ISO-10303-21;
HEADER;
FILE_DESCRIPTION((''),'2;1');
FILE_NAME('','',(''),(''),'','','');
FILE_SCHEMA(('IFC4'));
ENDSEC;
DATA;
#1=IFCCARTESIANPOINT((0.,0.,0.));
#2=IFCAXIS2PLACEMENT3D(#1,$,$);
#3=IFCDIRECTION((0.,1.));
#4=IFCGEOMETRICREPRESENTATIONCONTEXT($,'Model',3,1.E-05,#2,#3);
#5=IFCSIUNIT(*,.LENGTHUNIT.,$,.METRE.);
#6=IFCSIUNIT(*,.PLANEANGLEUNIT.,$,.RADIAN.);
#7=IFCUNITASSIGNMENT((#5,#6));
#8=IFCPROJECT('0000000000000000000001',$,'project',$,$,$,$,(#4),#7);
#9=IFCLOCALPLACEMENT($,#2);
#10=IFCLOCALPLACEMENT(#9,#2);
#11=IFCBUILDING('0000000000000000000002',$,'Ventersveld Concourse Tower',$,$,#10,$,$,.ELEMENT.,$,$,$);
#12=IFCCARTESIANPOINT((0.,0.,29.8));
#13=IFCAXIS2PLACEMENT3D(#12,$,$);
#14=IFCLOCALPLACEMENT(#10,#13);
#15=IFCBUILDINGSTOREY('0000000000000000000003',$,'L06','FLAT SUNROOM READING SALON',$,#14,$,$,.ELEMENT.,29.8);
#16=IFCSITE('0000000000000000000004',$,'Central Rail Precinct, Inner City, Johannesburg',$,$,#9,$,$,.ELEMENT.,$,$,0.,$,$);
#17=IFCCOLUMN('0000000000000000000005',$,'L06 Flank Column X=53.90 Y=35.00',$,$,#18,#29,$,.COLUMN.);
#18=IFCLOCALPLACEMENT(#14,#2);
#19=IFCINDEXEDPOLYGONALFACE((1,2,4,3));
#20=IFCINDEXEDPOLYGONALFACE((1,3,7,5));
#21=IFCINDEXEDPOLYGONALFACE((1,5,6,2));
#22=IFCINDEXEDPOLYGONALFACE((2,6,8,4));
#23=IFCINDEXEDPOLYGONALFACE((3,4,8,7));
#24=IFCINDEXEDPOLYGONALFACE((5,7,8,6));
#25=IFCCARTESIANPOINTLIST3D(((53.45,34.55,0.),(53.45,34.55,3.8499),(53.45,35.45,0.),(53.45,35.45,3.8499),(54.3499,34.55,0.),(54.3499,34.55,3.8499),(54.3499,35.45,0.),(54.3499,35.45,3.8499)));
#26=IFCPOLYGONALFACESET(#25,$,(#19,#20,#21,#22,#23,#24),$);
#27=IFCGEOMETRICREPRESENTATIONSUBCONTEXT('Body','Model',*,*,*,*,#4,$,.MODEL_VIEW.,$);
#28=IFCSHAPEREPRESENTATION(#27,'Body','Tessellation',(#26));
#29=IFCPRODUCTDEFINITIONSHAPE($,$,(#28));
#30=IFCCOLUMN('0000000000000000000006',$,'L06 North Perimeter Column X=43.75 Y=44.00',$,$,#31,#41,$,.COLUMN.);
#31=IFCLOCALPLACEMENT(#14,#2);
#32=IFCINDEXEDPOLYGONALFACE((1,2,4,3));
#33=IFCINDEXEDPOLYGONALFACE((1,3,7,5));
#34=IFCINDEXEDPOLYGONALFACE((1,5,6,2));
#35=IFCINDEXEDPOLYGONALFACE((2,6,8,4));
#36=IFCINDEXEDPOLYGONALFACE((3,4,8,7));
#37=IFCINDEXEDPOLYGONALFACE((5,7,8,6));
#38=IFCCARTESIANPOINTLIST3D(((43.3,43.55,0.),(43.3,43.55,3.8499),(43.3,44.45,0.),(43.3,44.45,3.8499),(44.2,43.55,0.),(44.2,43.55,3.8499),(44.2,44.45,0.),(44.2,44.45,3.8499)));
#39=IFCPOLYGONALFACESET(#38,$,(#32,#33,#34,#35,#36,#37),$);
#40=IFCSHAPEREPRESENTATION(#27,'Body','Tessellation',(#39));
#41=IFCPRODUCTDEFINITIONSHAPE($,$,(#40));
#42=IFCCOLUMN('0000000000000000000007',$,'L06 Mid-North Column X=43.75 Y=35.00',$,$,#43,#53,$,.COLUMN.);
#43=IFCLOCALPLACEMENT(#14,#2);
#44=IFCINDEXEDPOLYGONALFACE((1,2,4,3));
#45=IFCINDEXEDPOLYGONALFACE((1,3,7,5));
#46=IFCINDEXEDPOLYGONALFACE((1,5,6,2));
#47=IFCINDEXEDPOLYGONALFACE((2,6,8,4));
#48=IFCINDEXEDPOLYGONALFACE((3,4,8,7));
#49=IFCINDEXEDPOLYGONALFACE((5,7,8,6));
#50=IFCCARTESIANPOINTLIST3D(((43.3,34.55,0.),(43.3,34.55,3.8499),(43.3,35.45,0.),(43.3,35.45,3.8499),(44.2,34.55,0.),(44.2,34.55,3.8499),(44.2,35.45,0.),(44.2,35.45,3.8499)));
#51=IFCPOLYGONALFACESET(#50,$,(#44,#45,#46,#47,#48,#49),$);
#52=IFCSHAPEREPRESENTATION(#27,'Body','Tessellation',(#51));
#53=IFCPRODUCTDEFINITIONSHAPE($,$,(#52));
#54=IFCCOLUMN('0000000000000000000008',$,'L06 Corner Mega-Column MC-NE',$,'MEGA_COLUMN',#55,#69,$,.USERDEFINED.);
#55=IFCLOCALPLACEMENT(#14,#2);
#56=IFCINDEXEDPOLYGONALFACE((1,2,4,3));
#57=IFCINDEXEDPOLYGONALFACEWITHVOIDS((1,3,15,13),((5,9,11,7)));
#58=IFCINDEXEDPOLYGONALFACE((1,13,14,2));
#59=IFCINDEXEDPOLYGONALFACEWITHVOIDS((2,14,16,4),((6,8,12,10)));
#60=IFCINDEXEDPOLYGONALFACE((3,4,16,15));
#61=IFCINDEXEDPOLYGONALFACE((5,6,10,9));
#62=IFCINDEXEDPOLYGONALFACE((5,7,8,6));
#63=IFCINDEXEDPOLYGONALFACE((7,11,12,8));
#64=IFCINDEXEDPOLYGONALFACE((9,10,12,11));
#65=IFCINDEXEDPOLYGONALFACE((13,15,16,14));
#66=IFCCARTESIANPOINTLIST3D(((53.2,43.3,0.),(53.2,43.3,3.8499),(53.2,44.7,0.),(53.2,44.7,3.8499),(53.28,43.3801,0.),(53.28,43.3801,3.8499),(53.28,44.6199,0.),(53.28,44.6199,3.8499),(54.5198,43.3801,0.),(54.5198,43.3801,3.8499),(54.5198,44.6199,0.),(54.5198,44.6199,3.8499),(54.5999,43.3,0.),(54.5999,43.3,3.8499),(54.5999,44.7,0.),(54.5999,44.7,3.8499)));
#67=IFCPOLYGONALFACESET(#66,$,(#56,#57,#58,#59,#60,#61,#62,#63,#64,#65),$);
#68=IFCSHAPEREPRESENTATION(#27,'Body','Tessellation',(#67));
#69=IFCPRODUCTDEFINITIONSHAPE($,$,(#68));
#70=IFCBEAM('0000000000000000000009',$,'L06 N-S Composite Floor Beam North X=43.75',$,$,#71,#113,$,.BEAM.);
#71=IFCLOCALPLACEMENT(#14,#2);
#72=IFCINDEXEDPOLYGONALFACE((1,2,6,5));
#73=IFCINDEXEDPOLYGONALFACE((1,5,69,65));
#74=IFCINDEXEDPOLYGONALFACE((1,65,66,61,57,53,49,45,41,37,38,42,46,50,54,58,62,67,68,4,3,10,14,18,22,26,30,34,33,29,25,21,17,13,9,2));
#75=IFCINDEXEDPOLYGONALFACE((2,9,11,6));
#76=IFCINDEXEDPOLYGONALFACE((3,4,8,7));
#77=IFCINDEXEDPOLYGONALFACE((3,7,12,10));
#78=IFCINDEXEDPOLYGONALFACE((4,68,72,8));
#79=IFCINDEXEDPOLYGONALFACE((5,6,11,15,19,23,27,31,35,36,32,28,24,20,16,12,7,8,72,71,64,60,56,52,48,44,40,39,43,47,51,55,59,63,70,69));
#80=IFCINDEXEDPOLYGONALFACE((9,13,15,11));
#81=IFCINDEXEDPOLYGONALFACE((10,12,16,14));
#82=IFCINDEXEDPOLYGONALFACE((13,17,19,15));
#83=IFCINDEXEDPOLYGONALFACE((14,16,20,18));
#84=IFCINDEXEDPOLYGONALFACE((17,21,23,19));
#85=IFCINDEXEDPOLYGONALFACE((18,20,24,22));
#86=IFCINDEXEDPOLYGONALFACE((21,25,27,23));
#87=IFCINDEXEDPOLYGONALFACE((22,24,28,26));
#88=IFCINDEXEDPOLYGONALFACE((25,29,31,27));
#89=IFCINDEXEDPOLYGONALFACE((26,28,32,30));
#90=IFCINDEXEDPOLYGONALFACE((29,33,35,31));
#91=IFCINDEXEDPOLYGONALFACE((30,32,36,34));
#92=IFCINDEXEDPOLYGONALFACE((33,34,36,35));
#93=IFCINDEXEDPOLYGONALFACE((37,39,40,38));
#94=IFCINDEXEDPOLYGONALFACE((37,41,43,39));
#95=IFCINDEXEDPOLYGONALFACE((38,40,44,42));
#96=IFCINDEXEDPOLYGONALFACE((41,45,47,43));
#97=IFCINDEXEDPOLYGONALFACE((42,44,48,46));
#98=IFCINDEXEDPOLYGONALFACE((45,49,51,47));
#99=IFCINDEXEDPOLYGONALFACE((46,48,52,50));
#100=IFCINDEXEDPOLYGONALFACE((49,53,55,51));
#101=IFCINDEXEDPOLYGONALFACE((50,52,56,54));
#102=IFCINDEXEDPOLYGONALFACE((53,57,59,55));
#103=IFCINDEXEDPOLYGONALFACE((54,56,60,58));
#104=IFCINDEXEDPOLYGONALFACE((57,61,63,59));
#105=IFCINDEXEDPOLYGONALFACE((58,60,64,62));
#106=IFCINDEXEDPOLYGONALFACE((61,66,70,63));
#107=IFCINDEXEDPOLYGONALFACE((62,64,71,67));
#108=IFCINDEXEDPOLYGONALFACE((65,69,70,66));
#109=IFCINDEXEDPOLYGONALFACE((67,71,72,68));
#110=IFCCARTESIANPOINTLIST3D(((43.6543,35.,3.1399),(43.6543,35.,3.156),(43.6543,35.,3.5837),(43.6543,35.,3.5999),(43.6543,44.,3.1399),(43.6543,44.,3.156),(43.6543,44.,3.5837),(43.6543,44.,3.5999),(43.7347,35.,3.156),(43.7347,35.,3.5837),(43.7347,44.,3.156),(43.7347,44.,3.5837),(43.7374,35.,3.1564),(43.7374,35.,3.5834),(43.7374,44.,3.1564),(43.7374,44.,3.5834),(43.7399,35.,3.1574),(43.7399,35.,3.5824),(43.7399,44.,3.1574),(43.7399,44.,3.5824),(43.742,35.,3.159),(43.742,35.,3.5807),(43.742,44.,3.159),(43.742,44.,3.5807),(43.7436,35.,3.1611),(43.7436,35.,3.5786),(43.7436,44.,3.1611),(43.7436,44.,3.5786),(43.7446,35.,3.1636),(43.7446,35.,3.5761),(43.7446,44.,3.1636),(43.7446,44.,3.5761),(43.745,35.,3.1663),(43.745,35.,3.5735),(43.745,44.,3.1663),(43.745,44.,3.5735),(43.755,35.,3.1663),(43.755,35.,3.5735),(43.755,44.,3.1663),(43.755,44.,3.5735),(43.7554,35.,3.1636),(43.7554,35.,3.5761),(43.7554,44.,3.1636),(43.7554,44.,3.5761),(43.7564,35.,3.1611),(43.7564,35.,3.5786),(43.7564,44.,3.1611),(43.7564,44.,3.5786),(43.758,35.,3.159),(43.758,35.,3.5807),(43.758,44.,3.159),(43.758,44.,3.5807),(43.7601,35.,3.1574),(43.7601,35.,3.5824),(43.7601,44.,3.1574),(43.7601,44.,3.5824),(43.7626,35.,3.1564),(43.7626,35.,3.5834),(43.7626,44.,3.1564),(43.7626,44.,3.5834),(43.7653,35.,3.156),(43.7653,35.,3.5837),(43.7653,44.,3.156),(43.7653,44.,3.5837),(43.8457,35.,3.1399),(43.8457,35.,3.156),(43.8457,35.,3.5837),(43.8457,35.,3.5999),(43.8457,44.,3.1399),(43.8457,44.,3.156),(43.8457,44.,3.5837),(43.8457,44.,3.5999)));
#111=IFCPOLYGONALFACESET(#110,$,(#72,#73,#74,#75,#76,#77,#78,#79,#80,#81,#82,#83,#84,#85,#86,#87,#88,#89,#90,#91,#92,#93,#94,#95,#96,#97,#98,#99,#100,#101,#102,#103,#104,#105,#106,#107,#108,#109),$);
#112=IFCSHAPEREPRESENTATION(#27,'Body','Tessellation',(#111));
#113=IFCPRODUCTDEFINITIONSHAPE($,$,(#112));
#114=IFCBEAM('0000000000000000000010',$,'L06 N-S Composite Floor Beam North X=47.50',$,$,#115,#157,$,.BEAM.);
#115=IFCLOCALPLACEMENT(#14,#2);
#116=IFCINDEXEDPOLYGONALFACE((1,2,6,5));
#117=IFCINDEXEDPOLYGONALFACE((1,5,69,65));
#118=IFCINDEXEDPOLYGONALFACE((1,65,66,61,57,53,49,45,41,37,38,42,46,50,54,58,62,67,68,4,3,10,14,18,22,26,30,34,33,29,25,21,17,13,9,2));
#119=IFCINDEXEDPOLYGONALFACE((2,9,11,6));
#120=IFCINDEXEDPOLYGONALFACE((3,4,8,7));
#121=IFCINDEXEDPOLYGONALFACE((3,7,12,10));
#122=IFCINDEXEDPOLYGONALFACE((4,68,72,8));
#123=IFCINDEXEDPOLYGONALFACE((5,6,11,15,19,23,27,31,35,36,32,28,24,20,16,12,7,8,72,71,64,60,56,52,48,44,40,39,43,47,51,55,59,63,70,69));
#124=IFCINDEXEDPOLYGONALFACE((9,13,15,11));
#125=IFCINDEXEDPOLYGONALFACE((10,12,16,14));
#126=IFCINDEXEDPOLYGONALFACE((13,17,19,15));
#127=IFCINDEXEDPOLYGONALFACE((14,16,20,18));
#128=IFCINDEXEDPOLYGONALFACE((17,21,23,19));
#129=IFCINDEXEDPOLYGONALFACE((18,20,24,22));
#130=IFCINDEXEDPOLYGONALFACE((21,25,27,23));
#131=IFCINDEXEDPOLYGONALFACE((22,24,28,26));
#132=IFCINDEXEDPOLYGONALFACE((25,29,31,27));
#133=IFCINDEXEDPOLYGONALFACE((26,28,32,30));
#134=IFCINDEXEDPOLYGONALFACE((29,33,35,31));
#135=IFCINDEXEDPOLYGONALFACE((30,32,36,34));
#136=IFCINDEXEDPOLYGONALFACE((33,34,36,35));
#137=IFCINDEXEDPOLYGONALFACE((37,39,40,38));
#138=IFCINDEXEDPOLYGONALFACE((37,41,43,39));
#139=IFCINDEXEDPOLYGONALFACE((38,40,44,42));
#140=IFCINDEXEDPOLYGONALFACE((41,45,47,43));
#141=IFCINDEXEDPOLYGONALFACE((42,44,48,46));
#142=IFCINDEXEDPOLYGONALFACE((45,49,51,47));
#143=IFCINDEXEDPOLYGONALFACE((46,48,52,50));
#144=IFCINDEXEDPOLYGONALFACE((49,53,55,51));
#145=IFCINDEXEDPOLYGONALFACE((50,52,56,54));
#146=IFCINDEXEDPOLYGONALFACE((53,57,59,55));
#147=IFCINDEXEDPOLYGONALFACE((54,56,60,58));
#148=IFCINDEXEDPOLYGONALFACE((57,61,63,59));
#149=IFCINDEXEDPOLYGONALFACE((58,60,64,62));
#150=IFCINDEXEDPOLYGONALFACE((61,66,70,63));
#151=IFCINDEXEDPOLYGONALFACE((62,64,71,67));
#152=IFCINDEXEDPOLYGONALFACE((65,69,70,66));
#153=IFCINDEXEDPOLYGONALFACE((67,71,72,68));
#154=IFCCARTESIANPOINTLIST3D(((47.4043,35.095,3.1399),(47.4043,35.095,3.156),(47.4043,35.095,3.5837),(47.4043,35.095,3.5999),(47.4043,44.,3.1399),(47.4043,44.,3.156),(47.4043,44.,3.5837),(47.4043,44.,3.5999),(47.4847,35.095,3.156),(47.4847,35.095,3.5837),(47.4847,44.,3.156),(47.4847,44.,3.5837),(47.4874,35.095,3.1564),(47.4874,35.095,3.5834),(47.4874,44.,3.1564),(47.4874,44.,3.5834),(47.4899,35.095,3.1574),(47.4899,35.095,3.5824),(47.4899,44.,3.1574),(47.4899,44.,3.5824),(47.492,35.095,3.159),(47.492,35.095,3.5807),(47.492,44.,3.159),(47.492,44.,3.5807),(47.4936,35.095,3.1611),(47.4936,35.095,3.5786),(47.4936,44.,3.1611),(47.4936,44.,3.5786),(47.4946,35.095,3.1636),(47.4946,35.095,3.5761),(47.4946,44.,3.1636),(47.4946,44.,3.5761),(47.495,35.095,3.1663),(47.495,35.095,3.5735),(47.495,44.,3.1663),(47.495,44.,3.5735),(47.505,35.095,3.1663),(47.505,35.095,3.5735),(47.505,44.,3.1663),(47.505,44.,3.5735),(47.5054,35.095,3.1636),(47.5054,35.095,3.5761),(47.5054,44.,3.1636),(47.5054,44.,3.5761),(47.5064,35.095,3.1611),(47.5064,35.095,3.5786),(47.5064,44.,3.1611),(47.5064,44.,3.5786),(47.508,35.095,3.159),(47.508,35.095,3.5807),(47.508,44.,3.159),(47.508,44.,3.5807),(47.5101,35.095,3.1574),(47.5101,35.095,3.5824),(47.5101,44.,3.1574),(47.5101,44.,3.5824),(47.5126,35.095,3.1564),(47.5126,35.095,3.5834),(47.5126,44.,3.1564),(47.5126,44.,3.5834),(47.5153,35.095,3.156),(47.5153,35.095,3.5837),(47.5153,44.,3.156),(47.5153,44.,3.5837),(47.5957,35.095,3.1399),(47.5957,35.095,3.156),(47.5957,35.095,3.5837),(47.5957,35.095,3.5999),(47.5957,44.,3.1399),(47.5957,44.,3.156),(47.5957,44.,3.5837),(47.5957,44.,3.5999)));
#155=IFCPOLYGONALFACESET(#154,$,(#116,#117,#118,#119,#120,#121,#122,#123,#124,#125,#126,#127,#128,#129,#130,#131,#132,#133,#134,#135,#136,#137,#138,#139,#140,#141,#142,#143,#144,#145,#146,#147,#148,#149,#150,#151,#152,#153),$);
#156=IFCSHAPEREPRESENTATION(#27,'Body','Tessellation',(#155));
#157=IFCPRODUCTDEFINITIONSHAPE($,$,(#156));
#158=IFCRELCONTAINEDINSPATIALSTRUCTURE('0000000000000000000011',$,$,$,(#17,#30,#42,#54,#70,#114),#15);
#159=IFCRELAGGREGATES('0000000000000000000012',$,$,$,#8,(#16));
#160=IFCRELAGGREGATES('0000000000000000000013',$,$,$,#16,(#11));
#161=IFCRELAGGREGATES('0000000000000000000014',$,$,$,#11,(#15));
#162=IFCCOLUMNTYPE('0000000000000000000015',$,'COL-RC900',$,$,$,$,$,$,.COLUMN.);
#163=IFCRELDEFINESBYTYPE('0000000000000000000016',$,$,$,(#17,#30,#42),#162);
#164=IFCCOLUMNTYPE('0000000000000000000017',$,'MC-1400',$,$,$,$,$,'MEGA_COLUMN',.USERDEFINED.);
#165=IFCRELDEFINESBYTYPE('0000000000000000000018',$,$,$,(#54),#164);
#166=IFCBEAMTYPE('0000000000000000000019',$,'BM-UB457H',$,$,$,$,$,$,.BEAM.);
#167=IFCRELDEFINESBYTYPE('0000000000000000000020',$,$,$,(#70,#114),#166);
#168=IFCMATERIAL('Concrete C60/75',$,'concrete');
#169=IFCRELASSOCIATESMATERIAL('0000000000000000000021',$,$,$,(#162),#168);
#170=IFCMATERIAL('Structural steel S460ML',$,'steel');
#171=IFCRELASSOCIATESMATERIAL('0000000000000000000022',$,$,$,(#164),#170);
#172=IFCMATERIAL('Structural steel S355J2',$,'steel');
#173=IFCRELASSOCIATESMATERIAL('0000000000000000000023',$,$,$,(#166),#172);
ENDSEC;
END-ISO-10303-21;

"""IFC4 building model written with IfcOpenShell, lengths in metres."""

from ifc_helpers import new_model, si_unit, direction, frame, origin, origin_2d, place, context, subcontext, project, spatial, rectangle, hollow_rectangle, i_section, extrude, material, material_profile, profile_set, type_object, element, save


model = new_model("IFC4")

# Units and contexts
model_context = context("Model", 3, precision=1e-05, world=origin(), true_north=direction((0.0, 1.0)))
body_context = subcontext(model_context, "Body", "Model", "MODEL_VIEW")
ifc_project = project(units=[si_unit("LENGTHUNIT", "METRE"), si_unit("PLANEANGLEUNIT", "RADIAN")], contexts=[model_context])

# Site, building, storey
site_placement = place(None, origin())
site = spatial("IfcSite", under=ifc_project, at=site_placement, Name="Central Rail Precinct, Inner City, Johannesburg", CompositionType="ELEMENT", RefElevation=0.0)
building_placement = place(site_placement, origin())
building = spatial("IfcBuilding", under=site, at=building_placement, Name="Ventersveld Concourse Tower", CompositionType="ELEMENT")
storey_placement = place(building_placement, frame((0.0, 0.0, 29.8)))
storey = spatial("IfcBuildingStorey", under=building, at=storey_placement, Name="L06", Description="FLAT SUNROOM READING SALON", CompositionType="ELEMENT", Elevation=29.8)

# Columns
ifc_material_1 = material(Name="Concrete C60/75", Category="concrete")
ifc_material_profile_1 = material_profile(ifc_material_1, rectangle(XDim=0.8999, YDim=0.8999, at=origin_2d()), Name="RC 900x900")
ifc_profile_set_1 = profile_set([ifc_material_profile_1], Name="Concrete C60/75")
column_type_1 = type_object("IfcColumnType", Name="COL-RC900", PredefinedType="COLUMN", material=ifc_profile_set_1)
for number, where, z_axis, x_axis, name in (
    (1, (53.8999, 35.0, 0.0), (0.0, 0.0, 1.0), (1.0, 0.0, 0.0), "L06 Flank Column X=53.90 Y=35.00"),
    (2, (43.75, 44.0, 0.0), (0.0, 0.0, 1.0), (1.0, 0.0, 0.0), "L06 North Perimeter Column X=43.75 Y=44.00"),
    (3, (43.75, 35.0, 0.0), (0.0, 0.0, 1.0), (1.0, 0.0, 0.0), "L06 Mid-North Column X=43.75 Y=35.00"),
):
    element("IfcColumn", number, at=place(storey_placement, frame(where, z_axis=z_axis, x_axis=x_axis)), inside=storey, type_object=column_type_1, Name=name, PredefinedType="COLUMN", context=body_context, shape_type="SweptSolid", body=[
        extrude(rectangle(XDim=0.8999, YDim=0.8999, at=origin_2d()), origin(), (0.0, 0.0, 1.0), 3.8499),
    ])
ifc_material_2 = material(Name="Structural steel S460ML", Category="steel")
ifc_material_profile_2 = material_profile(ifc_material_2, hollow_rectangle(XDim=1.3999, YDim=1.3999, WallThickness=0.0801, at=origin_2d()), Name="BOX 1400x1400x80")
ifc_profile_set_2 = profile_set([ifc_material_profile_2], Name="Structural steel S460ML")
column_type_2 = type_object("IfcColumnType", Name="MC-1400", ElementType="MEGA_COLUMN", PredefinedType="USERDEFINED", material=ifc_profile_set_2)
column_placement = place(storey_placement, frame((53.8999, 44.0, 0.0), z_axis=(0.0, 0.0, 1.0), x_axis=(1.0, 0.0, 0.0)))
element("IfcColumn", 4, at=column_placement, inside=storey, type_object=column_type_2, Name="L06 Corner Mega-Column MC-NE", ObjectType="MEGA_COLUMN", PredefinedType="USERDEFINED", context=body_context, shape_type="SweptSolid", body=[
    extrude(hollow_rectangle(XDim=1.3999, YDim=1.3999, WallThickness=0.0801, at=origin_2d()), origin(), (0.0, 0.0, 1.0), 3.8499),
])

# Beams
ifc_material_3 = material(Name="Structural steel S355J2", Category="steel")
ifc_material_profile_3 = material_profile(ifc_material_3, i_section(OverallWidth=0.1914, OverallDepth=0.46, WebThickness=0.01, FlangeThickness=0.0161, FilletRadius=0.0103, at=origin_2d()), Name="UB 457x191x82")
ifc_profile_set_3 = profile_set([ifc_material_profile_3], Name="Structural steel S355J2")
beam_type_1 = type_object("IfcBeamType", Name="BM-UB457H", PredefinedType="BEAM", material=ifc_profile_set_3)
beam_1_placement = place(storey_placement, frame((43.75, 35.0, 3.3699), z_axis=(0.0, 1.0, 0.0), x_axis=(-1.0, 0.0, 0.0)))
element("IfcBeam", 5, at=beam_1_placement, inside=storey, type_object=beam_type_1, Name="L06 N-S Composite Floor Beam North X=43.75", PredefinedType="BEAM", context=body_context, shape_type="SweptSolid", body=[
    extrude(i_section(OverallWidth=0.1914, OverallDepth=0.46, WebThickness=0.01, FlangeThickness=0.0161, FilletRadius=0.0103, at=origin_2d()), origin(), (0.0, 0.0, 1.0), 9.0),
])
beam_2_placement = place(storey_placement, frame((47.5, 35.095, 3.3699), z_axis=(0.0, 1.0, 0.0), x_axis=(-1.0, 0.0, 0.0)))
element("IfcBeam", 6, at=beam_2_placement, inside=storey, type_object=beam_type_1, Name="L06 N-S Composite Floor Beam North X=47.50", PredefinedType="BEAM", context=body_context, shape_type="SweptSolid", body=[
    extrude(i_section(OverallWidth=0.1914, OverallDepth=0.46, WebThickness=0.01, FlangeThickness=0.0161, FilletRadius=0.0103, at=origin_2d()), origin(), (0.0, 0.0, 1.0), 8.905),
])

save(model, "model.ifc")
